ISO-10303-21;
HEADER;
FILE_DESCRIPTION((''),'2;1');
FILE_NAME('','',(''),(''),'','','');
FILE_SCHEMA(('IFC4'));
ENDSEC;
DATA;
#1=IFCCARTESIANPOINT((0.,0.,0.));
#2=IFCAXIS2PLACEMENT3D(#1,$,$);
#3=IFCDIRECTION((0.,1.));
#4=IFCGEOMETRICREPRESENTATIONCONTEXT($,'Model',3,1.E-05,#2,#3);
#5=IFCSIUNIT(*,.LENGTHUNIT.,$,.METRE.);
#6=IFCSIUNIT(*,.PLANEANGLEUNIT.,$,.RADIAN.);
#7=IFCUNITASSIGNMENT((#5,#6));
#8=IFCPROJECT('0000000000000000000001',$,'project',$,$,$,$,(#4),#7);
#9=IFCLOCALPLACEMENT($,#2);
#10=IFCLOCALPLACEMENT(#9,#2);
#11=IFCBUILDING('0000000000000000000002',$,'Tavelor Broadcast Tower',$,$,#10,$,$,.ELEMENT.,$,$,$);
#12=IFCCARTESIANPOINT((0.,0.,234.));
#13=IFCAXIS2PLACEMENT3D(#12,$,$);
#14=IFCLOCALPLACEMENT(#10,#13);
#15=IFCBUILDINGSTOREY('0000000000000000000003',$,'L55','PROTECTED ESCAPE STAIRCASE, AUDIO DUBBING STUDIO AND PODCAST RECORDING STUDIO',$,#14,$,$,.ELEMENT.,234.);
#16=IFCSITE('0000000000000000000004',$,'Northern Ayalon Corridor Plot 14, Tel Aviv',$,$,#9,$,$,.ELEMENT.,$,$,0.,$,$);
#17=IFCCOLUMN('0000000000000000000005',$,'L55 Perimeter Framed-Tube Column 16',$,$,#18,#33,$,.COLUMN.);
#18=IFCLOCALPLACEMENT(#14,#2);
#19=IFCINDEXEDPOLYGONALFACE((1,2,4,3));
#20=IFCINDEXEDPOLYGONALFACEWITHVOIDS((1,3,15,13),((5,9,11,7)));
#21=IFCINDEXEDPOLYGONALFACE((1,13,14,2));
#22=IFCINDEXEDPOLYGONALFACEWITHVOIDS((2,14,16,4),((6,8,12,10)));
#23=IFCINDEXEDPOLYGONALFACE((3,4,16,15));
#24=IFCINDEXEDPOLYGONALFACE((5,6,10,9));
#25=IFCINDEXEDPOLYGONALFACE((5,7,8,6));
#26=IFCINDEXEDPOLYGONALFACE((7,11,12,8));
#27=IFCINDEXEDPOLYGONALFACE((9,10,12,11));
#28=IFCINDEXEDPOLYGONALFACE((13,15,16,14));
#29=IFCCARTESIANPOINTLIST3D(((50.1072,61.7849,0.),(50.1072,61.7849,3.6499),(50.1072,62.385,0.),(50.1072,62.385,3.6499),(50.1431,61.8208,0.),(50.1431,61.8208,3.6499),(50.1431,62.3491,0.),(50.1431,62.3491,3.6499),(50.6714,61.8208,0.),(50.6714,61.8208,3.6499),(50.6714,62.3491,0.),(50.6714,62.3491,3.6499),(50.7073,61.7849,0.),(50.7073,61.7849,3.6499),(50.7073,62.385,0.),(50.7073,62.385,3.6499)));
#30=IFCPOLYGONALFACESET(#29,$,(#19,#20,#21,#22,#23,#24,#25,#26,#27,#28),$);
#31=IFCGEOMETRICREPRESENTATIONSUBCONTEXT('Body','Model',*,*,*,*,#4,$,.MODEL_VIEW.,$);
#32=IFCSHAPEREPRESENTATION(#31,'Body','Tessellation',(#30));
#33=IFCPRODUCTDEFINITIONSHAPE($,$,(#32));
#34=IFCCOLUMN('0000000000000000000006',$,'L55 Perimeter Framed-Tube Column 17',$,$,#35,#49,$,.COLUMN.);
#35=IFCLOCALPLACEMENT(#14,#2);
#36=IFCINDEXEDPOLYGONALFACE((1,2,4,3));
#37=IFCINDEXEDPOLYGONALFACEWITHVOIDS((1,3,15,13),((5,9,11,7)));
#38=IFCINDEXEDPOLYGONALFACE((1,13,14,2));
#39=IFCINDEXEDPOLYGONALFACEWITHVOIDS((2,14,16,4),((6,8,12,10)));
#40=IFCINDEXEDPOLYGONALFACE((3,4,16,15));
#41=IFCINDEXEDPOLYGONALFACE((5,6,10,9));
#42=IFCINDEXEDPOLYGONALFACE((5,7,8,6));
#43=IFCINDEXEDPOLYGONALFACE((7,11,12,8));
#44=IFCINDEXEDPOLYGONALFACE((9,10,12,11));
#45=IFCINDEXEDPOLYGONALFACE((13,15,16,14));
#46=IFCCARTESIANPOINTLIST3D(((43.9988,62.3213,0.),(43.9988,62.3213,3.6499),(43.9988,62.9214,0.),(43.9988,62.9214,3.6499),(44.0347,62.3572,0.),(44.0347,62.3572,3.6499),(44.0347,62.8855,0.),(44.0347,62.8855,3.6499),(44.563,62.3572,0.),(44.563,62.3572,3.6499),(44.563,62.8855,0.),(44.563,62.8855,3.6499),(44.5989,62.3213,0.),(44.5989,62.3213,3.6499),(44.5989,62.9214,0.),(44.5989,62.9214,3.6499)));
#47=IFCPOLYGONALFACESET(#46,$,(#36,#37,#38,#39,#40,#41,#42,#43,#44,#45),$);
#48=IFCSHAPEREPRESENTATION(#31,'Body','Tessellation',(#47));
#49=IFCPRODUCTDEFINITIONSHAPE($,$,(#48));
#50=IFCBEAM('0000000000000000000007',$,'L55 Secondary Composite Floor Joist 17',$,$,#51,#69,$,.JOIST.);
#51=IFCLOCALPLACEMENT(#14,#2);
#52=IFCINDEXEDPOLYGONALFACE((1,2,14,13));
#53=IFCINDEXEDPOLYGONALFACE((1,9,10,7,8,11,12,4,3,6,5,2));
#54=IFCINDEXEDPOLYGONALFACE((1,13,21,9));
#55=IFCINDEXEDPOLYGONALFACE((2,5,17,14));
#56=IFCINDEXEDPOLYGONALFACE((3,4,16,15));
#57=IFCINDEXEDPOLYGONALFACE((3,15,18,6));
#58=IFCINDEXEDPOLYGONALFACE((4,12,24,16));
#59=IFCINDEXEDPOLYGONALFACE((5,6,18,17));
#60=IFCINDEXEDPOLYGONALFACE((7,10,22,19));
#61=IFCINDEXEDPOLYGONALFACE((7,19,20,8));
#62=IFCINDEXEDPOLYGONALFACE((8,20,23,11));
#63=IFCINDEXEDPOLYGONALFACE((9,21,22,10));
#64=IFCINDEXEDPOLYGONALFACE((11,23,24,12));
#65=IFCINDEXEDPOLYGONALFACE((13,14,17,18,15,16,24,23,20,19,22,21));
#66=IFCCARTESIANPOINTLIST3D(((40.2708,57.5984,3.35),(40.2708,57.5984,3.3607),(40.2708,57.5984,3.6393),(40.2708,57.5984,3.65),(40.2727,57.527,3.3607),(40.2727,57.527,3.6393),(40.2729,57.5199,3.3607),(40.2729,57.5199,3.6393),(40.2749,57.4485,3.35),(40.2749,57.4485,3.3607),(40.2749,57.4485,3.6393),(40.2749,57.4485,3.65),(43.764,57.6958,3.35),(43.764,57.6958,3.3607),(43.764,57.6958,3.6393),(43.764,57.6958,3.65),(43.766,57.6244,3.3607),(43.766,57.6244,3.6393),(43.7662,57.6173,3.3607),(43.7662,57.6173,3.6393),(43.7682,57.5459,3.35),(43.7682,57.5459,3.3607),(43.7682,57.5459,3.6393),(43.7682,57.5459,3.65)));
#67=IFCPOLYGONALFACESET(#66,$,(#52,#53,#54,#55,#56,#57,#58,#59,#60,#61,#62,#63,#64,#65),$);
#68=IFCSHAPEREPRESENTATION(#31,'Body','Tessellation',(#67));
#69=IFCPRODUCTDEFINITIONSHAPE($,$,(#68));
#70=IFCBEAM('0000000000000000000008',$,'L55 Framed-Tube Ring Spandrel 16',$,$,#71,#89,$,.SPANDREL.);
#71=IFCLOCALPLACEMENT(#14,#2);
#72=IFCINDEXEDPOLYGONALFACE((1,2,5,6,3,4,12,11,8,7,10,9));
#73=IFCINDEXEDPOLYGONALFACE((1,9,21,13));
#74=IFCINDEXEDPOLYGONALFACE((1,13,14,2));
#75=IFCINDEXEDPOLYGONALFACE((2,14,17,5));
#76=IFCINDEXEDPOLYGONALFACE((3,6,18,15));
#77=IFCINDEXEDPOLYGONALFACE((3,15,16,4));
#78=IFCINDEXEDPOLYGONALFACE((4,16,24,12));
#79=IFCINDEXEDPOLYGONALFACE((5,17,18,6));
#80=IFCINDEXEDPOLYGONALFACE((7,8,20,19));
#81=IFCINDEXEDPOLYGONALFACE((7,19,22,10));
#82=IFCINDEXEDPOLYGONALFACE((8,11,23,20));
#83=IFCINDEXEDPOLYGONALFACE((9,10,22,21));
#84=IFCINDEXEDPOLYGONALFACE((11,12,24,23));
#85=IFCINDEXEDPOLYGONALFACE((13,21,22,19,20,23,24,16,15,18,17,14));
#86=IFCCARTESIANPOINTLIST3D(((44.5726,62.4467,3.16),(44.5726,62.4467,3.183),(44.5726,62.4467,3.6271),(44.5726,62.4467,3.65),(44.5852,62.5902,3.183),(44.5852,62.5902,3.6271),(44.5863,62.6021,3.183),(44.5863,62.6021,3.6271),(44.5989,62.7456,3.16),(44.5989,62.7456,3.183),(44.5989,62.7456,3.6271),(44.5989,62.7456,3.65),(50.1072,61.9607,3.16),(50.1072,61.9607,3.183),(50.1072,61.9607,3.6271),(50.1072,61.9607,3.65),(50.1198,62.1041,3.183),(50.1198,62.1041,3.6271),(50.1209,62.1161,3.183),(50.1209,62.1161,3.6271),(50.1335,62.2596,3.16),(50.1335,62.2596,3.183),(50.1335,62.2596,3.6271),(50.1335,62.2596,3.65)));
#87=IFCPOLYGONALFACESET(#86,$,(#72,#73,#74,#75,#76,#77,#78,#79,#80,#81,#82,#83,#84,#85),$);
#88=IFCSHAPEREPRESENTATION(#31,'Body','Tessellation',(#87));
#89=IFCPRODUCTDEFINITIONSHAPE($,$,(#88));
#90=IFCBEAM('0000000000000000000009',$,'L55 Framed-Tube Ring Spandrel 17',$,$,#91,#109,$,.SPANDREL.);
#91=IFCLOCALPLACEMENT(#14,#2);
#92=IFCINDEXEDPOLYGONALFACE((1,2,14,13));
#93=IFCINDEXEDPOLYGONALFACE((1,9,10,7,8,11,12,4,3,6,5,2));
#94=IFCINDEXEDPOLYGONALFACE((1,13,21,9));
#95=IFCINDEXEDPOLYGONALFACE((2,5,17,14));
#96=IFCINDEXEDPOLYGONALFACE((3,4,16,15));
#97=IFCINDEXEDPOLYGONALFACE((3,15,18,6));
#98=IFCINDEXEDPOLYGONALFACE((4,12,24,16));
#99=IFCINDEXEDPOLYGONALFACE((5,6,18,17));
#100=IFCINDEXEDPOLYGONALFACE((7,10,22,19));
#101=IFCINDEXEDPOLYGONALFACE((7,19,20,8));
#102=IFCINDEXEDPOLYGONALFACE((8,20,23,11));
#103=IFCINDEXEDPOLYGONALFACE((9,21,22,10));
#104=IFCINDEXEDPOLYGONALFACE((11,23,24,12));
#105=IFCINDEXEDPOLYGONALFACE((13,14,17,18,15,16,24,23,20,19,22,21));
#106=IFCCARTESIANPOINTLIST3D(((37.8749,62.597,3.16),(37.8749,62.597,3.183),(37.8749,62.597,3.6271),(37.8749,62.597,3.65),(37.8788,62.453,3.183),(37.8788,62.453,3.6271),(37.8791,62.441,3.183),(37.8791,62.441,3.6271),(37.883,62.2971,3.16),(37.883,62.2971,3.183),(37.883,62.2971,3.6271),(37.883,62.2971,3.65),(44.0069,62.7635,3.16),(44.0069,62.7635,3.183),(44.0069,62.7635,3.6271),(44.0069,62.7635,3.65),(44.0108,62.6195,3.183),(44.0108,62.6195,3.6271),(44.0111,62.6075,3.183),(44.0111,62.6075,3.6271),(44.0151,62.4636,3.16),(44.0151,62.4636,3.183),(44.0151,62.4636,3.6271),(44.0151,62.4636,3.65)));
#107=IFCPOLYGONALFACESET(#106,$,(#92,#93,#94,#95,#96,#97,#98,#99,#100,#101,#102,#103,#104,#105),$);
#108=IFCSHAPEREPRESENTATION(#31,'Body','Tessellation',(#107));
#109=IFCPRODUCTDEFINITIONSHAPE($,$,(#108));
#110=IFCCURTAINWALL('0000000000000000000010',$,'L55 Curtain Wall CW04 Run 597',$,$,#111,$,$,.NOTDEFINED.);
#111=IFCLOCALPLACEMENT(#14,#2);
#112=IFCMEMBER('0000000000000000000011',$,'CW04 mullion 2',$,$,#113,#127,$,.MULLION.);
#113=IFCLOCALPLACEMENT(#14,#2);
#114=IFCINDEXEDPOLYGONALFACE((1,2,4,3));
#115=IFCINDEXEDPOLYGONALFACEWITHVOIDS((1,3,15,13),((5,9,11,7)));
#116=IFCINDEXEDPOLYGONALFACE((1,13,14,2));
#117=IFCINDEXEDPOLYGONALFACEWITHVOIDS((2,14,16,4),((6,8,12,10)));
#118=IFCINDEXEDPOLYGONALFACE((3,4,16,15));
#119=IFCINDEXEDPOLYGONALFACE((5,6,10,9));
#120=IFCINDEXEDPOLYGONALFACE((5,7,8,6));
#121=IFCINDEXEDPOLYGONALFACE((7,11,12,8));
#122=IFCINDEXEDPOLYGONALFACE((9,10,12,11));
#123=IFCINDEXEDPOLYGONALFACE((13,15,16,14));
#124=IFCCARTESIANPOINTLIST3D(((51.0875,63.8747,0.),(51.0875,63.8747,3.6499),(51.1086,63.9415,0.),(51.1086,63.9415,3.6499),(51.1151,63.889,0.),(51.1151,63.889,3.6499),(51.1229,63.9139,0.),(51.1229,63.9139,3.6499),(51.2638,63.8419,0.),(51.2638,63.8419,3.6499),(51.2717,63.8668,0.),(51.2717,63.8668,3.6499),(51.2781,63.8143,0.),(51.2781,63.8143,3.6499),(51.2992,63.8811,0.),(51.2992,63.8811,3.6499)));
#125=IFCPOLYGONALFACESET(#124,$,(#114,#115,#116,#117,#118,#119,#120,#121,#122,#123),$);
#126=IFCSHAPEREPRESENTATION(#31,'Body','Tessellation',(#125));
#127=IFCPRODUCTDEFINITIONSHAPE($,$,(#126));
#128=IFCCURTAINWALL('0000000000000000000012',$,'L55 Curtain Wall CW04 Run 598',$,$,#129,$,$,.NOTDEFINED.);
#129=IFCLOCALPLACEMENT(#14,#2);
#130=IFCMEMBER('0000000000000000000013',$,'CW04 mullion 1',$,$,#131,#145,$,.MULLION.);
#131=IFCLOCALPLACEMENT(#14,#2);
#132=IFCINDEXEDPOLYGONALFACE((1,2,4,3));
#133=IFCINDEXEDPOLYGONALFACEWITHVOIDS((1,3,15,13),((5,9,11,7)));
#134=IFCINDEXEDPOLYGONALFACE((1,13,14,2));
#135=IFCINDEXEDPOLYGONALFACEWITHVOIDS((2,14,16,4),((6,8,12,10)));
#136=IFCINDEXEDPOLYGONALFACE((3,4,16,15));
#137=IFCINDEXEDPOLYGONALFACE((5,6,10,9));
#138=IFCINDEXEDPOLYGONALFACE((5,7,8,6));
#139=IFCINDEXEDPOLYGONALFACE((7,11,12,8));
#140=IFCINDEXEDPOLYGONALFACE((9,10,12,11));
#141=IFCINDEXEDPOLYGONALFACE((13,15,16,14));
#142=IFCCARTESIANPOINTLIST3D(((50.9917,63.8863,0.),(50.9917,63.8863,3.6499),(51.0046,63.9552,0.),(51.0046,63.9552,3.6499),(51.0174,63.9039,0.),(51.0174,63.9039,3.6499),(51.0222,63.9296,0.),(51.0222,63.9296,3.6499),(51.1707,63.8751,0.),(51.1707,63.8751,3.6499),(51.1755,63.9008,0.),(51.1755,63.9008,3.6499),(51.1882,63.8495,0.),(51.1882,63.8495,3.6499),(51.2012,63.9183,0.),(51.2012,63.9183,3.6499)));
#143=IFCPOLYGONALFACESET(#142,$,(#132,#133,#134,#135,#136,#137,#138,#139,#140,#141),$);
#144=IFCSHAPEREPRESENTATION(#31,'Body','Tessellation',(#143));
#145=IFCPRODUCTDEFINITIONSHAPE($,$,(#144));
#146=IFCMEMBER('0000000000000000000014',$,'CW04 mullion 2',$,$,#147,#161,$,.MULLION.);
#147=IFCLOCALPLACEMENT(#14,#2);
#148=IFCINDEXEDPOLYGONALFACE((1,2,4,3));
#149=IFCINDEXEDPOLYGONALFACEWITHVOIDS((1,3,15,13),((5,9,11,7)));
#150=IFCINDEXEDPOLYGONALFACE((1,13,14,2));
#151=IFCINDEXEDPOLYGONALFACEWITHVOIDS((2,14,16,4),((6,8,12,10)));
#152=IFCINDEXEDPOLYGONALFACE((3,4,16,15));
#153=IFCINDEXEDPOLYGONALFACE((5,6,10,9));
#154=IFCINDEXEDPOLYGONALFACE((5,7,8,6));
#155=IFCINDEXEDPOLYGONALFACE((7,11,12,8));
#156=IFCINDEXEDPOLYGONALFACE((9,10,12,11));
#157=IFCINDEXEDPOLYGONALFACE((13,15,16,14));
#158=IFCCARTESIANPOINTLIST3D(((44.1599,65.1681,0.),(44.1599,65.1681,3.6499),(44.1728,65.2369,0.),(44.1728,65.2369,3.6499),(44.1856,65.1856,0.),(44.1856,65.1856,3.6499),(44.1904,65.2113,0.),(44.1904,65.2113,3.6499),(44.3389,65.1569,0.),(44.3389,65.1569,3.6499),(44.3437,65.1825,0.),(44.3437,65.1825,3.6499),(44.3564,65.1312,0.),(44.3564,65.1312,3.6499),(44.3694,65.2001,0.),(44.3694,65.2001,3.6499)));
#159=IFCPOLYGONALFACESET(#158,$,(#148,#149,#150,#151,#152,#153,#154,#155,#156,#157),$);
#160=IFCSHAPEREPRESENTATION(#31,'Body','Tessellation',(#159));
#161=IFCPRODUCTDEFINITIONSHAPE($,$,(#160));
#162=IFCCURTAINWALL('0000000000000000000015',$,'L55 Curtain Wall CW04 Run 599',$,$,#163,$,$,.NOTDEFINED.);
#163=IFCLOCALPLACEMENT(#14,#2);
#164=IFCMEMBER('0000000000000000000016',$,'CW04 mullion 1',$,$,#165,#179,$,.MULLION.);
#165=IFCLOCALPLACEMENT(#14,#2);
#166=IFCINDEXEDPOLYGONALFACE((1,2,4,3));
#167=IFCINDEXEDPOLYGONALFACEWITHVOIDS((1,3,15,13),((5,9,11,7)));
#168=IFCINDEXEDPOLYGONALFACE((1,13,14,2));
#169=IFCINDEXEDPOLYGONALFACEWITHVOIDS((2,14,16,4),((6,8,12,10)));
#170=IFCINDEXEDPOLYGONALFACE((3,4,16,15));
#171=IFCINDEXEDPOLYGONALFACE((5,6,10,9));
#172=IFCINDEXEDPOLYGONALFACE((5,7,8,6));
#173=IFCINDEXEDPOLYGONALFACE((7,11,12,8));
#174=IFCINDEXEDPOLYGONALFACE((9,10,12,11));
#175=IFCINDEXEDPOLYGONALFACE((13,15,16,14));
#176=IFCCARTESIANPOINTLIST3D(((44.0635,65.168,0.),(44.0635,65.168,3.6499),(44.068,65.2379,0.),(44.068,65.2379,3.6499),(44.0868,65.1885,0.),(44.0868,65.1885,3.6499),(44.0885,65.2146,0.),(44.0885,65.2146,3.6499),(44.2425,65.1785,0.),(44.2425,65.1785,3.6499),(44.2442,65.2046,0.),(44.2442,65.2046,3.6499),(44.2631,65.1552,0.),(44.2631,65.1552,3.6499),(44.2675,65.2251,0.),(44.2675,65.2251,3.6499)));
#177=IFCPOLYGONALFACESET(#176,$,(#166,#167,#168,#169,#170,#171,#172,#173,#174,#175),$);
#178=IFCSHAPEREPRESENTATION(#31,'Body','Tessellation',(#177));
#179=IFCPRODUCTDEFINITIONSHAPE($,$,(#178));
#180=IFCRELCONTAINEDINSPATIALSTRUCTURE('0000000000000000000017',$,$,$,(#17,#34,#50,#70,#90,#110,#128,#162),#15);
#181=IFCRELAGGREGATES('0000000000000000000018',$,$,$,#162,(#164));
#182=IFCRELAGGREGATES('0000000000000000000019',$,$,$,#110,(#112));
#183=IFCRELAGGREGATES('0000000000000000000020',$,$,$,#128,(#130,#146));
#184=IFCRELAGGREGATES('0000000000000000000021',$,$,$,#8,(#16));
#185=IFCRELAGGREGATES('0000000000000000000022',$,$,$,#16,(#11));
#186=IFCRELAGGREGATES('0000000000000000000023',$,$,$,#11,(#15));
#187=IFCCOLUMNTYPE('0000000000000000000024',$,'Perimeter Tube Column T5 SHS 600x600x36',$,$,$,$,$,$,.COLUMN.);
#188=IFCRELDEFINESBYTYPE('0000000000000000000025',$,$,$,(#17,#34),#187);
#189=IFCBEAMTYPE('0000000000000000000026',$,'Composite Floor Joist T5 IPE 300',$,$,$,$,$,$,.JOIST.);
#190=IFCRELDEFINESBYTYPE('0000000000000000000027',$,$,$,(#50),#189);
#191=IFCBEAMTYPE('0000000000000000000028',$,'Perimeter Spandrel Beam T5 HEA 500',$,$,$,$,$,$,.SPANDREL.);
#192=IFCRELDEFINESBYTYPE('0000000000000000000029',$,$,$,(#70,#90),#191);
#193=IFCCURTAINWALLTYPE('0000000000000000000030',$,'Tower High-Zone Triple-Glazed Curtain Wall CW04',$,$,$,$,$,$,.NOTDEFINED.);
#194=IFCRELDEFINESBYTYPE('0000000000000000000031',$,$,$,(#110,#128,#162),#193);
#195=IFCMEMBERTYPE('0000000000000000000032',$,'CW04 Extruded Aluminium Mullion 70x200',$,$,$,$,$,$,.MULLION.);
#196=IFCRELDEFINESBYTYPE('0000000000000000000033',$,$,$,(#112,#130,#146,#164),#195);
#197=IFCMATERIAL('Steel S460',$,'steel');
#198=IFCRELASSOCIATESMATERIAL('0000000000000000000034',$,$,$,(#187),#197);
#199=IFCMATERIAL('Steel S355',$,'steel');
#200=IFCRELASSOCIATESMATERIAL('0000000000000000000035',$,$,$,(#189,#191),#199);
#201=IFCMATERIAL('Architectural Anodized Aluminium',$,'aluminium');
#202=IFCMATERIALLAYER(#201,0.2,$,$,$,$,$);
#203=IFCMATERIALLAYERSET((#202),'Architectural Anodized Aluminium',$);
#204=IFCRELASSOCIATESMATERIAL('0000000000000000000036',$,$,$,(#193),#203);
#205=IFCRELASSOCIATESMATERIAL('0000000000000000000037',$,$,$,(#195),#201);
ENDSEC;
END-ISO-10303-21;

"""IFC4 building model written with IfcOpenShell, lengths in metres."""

from ifc_helpers import new_model, si_unit, direction, frame, origin, origin_2d, place, context, subcontext, project, spatial, hollow_rectangle, i_section, extrude, source, transform, mapped, material, layer, layer_set, material_profile, profile_set, type_object, type_shapes, element, aggregate, save


model = new_model("IFC4")

# Units and contexts
model_context = context("Model", 3, precision=1e-05, world=origin(), true_north=direction((0.0, 1.0)))
body_context = subcontext(model_context, "Body", "Model", "MODEL_VIEW")
ifc_project = project(units=[si_unit("LENGTHUNIT", "METRE"), si_unit("PLANEANGLEUNIT", "RADIAN")], contexts=[model_context])

# Site, building, storey
site_placement = place(None, origin())
site = spatial("IfcSite", under=ifc_project, at=site_placement, Name="Northern Ayalon Corridor Plot 14, Tel Aviv", CompositionType="ELEMENT", RefElevation=0.0)
building_placement = place(site_placement, origin())
building = spatial("IfcBuilding", under=site, at=building_placement, Name="Tavelor Broadcast Tower", CompositionType="ELEMENT")
storey_placement = place(building_placement, frame((0.0, 0.0, 234.0)))
storey = spatial("IfcBuildingStorey", under=building, at=storey_placement, Name="L55", Description="PROTECTED ESCAPE STAIRCASE, AUDIO DUBBING STUDIO AND PODCAST RECORDING STUDIO", CompositionType="ELEMENT", Elevation=234.0)

# Columns
ifc_material_1 = material(Name="Steel S460", Category="steel")
ifc_material_profile_1 = material_profile(ifc_material_1, hollow_rectangle(XDim=0.6001, YDim=0.6001, WallThickness=0.0359, at=origin_2d()), Name="SHS 600x600x36")
ifc_profile_set_1 = profile_set([ifc_material_profile_1], Name="Steel S460")
column_type = type_object("IfcColumnType", Name="Perimeter Tube Column T5 SHS 600x600x36", PredefinedType="COLUMN", material=ifc_profile_set_1)
for number, where, z_axis, x_axis, name in (
    (1, (50.4072, 62.085, 0.0), (0.0, 0.0, 1.0), (1.0, 0.0, 0.0), "L55 Perimeter Framed-Tube Column 16"),
    (2, (44.2988, 62.6213, 0.0), (0.0, 0.0, 1.0), (1.0, 0.0, 0.0), "L55 Perimeter Framed-Tube Column 17"),
):
    element("IfcColumn", number, at=place(storey_placement, frame(where, z_axis=z_axis, x_axis=x_axis)), inside=storey, type_object=column_type, Name=name, PredefinedType="COLUMN", context=body_context, shape_type="SweptSolid", body=[
        extrude(hollow_rectangle(XDim=0.6001, YDim=0.6001, WallThickness=0.0359, at=origin_2d()), origin(), (0.0, 0.0, 1.0), 3.6499),
    ])

# Beams
ifc_material_2 = material(Name="Steel S355", Category="steel")
ifc_material_profile_2 = material_profile(ifc_material_2, i_section(OverallWidth=0.1499, OverallDepth=0.3, WebThickness=0.0071, FlangeThickness=0.0107, at=origin_2d()), Name="IPE 300")
ifc_profile_set_2 = profile_set([ifc_material_profile_2], Name="Steel S355")
beam_type_1 = type_object("IfcBeamType", Name="Composite Floor Joist T5 IPE 300", PredefinedType="JOIST", material=ifc_profile_set_2)
beam_1_placement = place(storey_placement, frame((43.7661, 57.6208, 3.5), z_axis=(-0.999611, -0.027876, 0.0), x_axis=(0.027876, -0.999611, 0.0)))
element("IfcBeam", 3, at=beam_1_placement, inside=storey, type_object=beam_type_1, Name="L55 Secondary Composite Floor Joist 17", PredefinedType="JOIST", context=body_context, shape_type="SweptSolid", body=[
    extrude(i_section(OverallWidth=0.1499, OverallDepth=0.3, WebThickness=0.0071, FlangeThickness=0.0107, at=origin_2d()), origin(), (0.0, 0.0, 1.0), 3.4946),
])
ifc_material_profile_3 = material_profile(ifc_material_2, i_section(OverallWidth=0.3, OverallDepth=0.49, WebThickness=0.012, FlangeThickness=0.0229, at=origin_2d()), Name="HEA 500")
ifc_profile_set_3 = profile_set([ifc_material_profile_3], Name="Steel S355")
beam_type_2 = type_object("IfcBeamType", Name="Perimeter Spandrel Beam T5 HEA 500", PredefinedType="SPANDREL", material=ifc_profile_set_3)
beam_2_placement = place(storey_placement, frame((50.1204, 62.1101, 3.405), z_axis=(-0.996166, 0.087489, 0.0), x_axis=(-0.087489, -0.996166, 0.0)))
element("IfcBeam", 4, at=beam_2_placement, inside=storey, type_object=beam_type_2, Name="L55 Framed-Tube Ring Spandrel 16", PredefinedType="SPANDREL", context=body_context, shape_type="SweptSolid", body=[
    extrude(i_section(OverallWidth=0.3, OverallDepth=0.49, WebThickness=0.012, FlangeThickness=0.0229, at=origin_2d()), origin(), (0.0, 0.0, 1.0), 5.5559),
])
beam_3_placement = place(storey_placement, frame((44.011, 62.6135, 3.405), z_axis=(-0.999632, -0.027143, 0.0), x_axis=(0.027143, -0.999632, 0.0)))
element("IfcBeam", 5, at=beam_3_placement, inside=storey, type_object=beam_type_2, Name="L55 Framed-Tube Ring Spandrel 17", PredefinedType="SPANDREL", context=body_context, shape_type="SweptSolid", body=[
    extrude(i_section(OverallWidth=0.3, OverallDepth=0.49, WebThickness=0.012, FlangeThickness=0.0229, at=origin_2d()), origin(), (0.0, 0.0, 1.0), 6.1343),
])

# Curtain wall, member
ifc_material_3 = material(Name="Architectural Anodized Aluminium", Category="aluminium")
ifc_layer_1 = layer(ifc_material_3, 0.2)
ifc_layer_set_1 = layer_set([ifc_layer_1], Name="Architectural Anodized Aluminium")
curtain_wall_type = type_object("IfcCurtainWallType", Name="Tower High-Zone Triple-Glazed Curtain Wall CW04", PredefinedType="NOTDEFINED", material=ifc_layer_set_1)
curtain_wall_1_placement = place(storey_placement, origin())
curtain_wall_1 = element("IfcCurtainWall", 6, at=curtain_wall_1_placement, inside=storey, type_object=curtain_wall_type, Name="L55 Curtain Wall CW04 Run 597", PredefinedType="NOTDEFINED")
ifc_material_profile_4 = material_profile(ifc_material_3, hollow_rectangle(XDim=0.0701, YDim=0.2, WallThickness=0.022, at=origin_2d()), Name="RHS 70x200x22")
ifc_profile_set_4 = profile_set([ifc_material_profile_4], Name="Architectural Anodized Aluminium")
member_type_1 = type_object("IfcMemberType", Name="CW04 Extruded Aluminium Mullion 70x200", PredefinedType="MULLION", material=ifc_profile_set_4)
shared_shape_1 = source(origin(), body_context, "Body", "SweptSolid", [
    extrude(hollow_rectangle(XDim=0.0701, YDim=0.2, WallThickness=0.022, at=origin_2d()), origin(), (0.0, 0.0, 1.0), 3.6499),
])
type_shapes(member_type_1, [shared_shape_1])
member_1_placement = place(storey_placement, frame((51.1934, 63.8779, 0.0), z_axis=(0.0, 0.0, 1.0), x_axis=(-0.30196, -0.953321, 0.0)))
member_1 = element("IfcMember", 7, at=member_1_placement, type_object=member_type_1, Name="CW04 mullion 2", PredefinedType="MULLION", context=body_context, shape_type="MappedRepresentation", body=[
    mapped(shared_shape_1, transform((0.0, 0.0, 0.0), scale=1.0)),
])

# Curtain wall, members
curtain_wall_2_placement = place(storey_placement, origin())
curtain_wall_2 = element("IfcCurtainWall", 8, at=curtain_wall_2_placement, inside=storey, type_object=curtain_wall_type, Name="L55 Curtain Wall CW04 Run 598", PredefinedType="NOTDEFINED")
member_2_placement = place(storey_placement, frame((51.0964, 63.9023, 0.0), z_axis=(0.0, 0.0, 1.0), x_axis=(-0.184387, -0.982854, 0.0)))
member_2 = element("IfcMember", 9, at=member_2_placement, type_object=member_type_1, Name="CW04 mullion 1", PredefinedType="MULLION", context=body_context, shape_type="MappedRepresentation", body=[
    mapped(shared_shape_1, transform((0.0, 0.0, 0.0), scale=1.0)),
])
member_3_placement = place(storey_placement, frame((44.2646, 65.1841, 0.0), z_axis=(0.0, 0.0, 1.0), x_axis=(-0.184387, -0.982854, 0.0)))
member_3 = element("IfcMember", 10, at=member_3_placement, type_object=member_type_1, Name="CW04 mullion 2", PredefinedType="MULLION", context=body_context, shape_type="MappedRepresentation", body=[
    mapped(shared_shape_1, transform((0.0, 0.0, 0.0), scale=1.0)),
])

# Curtain wall, member
curtain_wall_3_placement = place(storey_placement, origin())
curtain_wall_3 = element("IfcCurtainWall", 11, at=curtain_wall_3_placement, inside=storey, type_object=curtain_wall_type, Name="L55 Curtain Wall CW04 Run 599", PredefinedType="NOTDEFINED")
member_4_placement = place(storey_placement, frame((44.1655, 65.1965, 0.0), z_axis=(0.0, 0.0, 1.0), x_axis=(-0.064079, -0.997945, 0.0)))
member_4 = element("IfcMember", 12, at=member_4_placement, type_object=member_type_1, Name="CW04 mullion 1", PredefinedType="MULLION", context=body_context, shape_type="MappedRepresentation", body=[
    mapped(shared_shape_1, transform((0.0, 0.0, 0.0), scale=1.0)),
])

aggregate(curtain_wall_3, [member_4])

aggregate(curtain_wall_1, [member_1])
aggregate(curtain_wall_2, [member_2, member_3])

save(model, "model.ifc")
